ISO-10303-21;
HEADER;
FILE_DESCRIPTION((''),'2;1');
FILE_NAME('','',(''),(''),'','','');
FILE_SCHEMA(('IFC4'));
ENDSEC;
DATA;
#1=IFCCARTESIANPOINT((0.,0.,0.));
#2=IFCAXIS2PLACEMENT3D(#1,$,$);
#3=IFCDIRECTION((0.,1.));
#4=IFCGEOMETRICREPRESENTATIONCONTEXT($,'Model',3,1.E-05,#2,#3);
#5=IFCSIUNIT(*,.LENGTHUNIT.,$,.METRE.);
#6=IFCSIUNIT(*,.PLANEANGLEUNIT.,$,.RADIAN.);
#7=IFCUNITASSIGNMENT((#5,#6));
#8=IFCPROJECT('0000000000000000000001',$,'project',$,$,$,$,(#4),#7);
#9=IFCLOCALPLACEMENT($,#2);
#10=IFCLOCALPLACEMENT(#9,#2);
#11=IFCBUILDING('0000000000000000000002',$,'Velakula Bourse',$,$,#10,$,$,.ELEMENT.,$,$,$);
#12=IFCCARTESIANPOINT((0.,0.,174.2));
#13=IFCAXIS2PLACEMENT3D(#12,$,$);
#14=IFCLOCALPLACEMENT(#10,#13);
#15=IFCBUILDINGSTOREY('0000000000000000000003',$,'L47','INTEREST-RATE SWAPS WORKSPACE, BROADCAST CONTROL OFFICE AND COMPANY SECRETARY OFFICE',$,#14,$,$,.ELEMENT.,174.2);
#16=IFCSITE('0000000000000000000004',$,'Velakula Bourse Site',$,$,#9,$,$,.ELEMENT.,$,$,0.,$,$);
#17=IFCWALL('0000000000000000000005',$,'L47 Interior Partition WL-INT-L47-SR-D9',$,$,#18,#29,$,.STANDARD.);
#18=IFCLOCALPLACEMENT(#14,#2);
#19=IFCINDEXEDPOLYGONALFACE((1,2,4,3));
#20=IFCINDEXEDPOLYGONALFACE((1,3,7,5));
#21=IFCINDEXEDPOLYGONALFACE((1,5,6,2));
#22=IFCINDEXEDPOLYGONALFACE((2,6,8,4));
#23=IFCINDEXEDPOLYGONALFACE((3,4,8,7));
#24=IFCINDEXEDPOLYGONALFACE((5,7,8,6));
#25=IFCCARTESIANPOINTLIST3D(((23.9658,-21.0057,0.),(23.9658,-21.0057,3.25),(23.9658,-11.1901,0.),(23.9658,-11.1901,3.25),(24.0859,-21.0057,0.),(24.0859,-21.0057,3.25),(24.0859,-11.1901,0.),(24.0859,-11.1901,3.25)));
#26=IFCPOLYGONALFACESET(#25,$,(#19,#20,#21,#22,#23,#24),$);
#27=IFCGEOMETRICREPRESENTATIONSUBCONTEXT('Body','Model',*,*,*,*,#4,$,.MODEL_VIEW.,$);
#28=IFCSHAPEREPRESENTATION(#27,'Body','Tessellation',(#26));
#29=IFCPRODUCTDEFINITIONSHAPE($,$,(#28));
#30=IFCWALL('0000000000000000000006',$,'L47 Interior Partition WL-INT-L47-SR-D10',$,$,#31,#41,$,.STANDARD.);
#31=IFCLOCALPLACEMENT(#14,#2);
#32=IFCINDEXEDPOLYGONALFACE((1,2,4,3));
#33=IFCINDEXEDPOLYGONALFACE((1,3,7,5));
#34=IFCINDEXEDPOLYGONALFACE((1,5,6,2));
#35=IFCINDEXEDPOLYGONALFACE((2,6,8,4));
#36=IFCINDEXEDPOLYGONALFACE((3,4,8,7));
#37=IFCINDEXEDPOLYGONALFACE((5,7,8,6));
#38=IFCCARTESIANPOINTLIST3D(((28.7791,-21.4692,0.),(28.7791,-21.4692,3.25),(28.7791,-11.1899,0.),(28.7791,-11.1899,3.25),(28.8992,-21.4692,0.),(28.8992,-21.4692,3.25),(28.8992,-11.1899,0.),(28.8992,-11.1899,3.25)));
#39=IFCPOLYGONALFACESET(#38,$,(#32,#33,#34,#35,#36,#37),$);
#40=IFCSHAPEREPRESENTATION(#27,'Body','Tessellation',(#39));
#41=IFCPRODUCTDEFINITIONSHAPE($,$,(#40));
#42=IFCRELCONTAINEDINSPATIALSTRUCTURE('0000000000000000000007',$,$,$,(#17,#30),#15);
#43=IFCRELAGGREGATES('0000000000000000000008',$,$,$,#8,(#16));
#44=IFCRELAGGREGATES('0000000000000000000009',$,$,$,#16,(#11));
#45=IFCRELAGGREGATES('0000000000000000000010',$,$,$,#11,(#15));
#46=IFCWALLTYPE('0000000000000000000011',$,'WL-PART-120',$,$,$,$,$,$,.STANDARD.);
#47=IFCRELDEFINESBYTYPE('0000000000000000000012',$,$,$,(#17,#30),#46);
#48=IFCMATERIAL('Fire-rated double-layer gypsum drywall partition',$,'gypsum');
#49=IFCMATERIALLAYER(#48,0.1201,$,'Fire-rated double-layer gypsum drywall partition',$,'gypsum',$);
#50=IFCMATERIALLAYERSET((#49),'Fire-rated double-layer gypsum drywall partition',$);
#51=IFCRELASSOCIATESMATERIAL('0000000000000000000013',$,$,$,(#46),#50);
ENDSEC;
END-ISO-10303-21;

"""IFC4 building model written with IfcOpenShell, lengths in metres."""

from ifc_helpers import new_model, si_unit, direction, frame, frame_2d, origin, place, context, subcontext, project, spatial, rectangle, extrude, material, layer, layer_set, type_object, element, save


model = new_model("IFC4")

# Units and contexts
model_context = context("Model", 3, precision=1e-05, world=origin(), true_north=direction((0.0, 1.0)))
body_context = subcontext(model_context, "Body", "Model", "MODEL_VIEW")
ifc_project = project(units=[si_unit("LENGTHUNIT", "METRE"), si_unit("PLANEANGLEUNIT", "RADIAN")], contexts=[model_context])

# Site, building, storey
site_placement = place(None, origin())
site = spatial("IfcSite", under=ifc_project, at=site_placement, Name="Velakula Bourse Site", CompositionType="ELEMENT", RefElevation=0.0)
building_placement = place(site_placement, origin())
building = spatial("IfcBuilding", under=site, at=building_placement, Name="Velakula Bourse", CompositionType="ELEMENT")
storey_placement = place(building_placement, frame((0.0, 0.0, 174.2)))
storey = spatial("IfcBuildingStorey", under=building, at=storey_placement, Name="L47", Description="INTEREST-RATE SWAPS WORKSPACE, BROADCAST CONTROL OFFICE AND COMPANY SECRETARY OFFICE", CompositionType="ELEMENT", Elevation=174.2)

# Walls
ifc_material_1 = material(Name="Fire-rated double-layer gypsum drywall partition", Category="gypsum")
ifc_layer_1 = layer(ifc_material_1, 0.1201, Name="Fire-rated double-layer gypsum drywall partition", Category="gypsum")
ifc_layer_set_1 = layer_set([ifc_layer_1], Name="Fire-rated double-layer gypsum drywall partition")
wall_type_1 = type_object("IfcWallType", Name="WL-PART-120", PredefinedType="STANDARD", material=ifc_layer_set_1)
wall_1_placement = place(storey_placement, frame((24.0259, -21.0056, 0.0), z_axis=(0.0, 0.0, 1.0), x_axis=(0.0, 1.0, 0.0)))
element("IfcWall", 1, at=wall_1_placement, inside=storey, type_object=wall_type_1, Name="L47 Interior Partition WL-INT-L47-SR-D9", PredefinedType="STANDARD", context=body_context, shape_type="SweptSolid", body=[
    extrude(rectangle(XDim=9.8157, YDim=0.1201, at=frame_2d((4.9077, 0.0))), origin(), (0.0, 0.0, 1.0), 3.25),
])
wall_2_placement = place(storey_placement, frame((28.8391, -21.4692, 0.0), z_axis=(0.0, 0.0, 1.0), x_axis=(0.0, 1.0, 0.0)))
element("IfcWall", 2, at=wall_2_placement, inside=storey, type_object=wall_type_1, Name="L47 Interior Partition WL-INT-L47-SR-D10", PredefinedType="STANDARD", context=body_context, shape_type="SweptSolid", body=[
    extrude(rectangle(XDim=10.2793, YDim=0.1201, at=frame_2d((5.1396, 0.0))), origin(), (0.0, 0.0, 1.0), 3.25),
])

save(model, "model.ifc")
